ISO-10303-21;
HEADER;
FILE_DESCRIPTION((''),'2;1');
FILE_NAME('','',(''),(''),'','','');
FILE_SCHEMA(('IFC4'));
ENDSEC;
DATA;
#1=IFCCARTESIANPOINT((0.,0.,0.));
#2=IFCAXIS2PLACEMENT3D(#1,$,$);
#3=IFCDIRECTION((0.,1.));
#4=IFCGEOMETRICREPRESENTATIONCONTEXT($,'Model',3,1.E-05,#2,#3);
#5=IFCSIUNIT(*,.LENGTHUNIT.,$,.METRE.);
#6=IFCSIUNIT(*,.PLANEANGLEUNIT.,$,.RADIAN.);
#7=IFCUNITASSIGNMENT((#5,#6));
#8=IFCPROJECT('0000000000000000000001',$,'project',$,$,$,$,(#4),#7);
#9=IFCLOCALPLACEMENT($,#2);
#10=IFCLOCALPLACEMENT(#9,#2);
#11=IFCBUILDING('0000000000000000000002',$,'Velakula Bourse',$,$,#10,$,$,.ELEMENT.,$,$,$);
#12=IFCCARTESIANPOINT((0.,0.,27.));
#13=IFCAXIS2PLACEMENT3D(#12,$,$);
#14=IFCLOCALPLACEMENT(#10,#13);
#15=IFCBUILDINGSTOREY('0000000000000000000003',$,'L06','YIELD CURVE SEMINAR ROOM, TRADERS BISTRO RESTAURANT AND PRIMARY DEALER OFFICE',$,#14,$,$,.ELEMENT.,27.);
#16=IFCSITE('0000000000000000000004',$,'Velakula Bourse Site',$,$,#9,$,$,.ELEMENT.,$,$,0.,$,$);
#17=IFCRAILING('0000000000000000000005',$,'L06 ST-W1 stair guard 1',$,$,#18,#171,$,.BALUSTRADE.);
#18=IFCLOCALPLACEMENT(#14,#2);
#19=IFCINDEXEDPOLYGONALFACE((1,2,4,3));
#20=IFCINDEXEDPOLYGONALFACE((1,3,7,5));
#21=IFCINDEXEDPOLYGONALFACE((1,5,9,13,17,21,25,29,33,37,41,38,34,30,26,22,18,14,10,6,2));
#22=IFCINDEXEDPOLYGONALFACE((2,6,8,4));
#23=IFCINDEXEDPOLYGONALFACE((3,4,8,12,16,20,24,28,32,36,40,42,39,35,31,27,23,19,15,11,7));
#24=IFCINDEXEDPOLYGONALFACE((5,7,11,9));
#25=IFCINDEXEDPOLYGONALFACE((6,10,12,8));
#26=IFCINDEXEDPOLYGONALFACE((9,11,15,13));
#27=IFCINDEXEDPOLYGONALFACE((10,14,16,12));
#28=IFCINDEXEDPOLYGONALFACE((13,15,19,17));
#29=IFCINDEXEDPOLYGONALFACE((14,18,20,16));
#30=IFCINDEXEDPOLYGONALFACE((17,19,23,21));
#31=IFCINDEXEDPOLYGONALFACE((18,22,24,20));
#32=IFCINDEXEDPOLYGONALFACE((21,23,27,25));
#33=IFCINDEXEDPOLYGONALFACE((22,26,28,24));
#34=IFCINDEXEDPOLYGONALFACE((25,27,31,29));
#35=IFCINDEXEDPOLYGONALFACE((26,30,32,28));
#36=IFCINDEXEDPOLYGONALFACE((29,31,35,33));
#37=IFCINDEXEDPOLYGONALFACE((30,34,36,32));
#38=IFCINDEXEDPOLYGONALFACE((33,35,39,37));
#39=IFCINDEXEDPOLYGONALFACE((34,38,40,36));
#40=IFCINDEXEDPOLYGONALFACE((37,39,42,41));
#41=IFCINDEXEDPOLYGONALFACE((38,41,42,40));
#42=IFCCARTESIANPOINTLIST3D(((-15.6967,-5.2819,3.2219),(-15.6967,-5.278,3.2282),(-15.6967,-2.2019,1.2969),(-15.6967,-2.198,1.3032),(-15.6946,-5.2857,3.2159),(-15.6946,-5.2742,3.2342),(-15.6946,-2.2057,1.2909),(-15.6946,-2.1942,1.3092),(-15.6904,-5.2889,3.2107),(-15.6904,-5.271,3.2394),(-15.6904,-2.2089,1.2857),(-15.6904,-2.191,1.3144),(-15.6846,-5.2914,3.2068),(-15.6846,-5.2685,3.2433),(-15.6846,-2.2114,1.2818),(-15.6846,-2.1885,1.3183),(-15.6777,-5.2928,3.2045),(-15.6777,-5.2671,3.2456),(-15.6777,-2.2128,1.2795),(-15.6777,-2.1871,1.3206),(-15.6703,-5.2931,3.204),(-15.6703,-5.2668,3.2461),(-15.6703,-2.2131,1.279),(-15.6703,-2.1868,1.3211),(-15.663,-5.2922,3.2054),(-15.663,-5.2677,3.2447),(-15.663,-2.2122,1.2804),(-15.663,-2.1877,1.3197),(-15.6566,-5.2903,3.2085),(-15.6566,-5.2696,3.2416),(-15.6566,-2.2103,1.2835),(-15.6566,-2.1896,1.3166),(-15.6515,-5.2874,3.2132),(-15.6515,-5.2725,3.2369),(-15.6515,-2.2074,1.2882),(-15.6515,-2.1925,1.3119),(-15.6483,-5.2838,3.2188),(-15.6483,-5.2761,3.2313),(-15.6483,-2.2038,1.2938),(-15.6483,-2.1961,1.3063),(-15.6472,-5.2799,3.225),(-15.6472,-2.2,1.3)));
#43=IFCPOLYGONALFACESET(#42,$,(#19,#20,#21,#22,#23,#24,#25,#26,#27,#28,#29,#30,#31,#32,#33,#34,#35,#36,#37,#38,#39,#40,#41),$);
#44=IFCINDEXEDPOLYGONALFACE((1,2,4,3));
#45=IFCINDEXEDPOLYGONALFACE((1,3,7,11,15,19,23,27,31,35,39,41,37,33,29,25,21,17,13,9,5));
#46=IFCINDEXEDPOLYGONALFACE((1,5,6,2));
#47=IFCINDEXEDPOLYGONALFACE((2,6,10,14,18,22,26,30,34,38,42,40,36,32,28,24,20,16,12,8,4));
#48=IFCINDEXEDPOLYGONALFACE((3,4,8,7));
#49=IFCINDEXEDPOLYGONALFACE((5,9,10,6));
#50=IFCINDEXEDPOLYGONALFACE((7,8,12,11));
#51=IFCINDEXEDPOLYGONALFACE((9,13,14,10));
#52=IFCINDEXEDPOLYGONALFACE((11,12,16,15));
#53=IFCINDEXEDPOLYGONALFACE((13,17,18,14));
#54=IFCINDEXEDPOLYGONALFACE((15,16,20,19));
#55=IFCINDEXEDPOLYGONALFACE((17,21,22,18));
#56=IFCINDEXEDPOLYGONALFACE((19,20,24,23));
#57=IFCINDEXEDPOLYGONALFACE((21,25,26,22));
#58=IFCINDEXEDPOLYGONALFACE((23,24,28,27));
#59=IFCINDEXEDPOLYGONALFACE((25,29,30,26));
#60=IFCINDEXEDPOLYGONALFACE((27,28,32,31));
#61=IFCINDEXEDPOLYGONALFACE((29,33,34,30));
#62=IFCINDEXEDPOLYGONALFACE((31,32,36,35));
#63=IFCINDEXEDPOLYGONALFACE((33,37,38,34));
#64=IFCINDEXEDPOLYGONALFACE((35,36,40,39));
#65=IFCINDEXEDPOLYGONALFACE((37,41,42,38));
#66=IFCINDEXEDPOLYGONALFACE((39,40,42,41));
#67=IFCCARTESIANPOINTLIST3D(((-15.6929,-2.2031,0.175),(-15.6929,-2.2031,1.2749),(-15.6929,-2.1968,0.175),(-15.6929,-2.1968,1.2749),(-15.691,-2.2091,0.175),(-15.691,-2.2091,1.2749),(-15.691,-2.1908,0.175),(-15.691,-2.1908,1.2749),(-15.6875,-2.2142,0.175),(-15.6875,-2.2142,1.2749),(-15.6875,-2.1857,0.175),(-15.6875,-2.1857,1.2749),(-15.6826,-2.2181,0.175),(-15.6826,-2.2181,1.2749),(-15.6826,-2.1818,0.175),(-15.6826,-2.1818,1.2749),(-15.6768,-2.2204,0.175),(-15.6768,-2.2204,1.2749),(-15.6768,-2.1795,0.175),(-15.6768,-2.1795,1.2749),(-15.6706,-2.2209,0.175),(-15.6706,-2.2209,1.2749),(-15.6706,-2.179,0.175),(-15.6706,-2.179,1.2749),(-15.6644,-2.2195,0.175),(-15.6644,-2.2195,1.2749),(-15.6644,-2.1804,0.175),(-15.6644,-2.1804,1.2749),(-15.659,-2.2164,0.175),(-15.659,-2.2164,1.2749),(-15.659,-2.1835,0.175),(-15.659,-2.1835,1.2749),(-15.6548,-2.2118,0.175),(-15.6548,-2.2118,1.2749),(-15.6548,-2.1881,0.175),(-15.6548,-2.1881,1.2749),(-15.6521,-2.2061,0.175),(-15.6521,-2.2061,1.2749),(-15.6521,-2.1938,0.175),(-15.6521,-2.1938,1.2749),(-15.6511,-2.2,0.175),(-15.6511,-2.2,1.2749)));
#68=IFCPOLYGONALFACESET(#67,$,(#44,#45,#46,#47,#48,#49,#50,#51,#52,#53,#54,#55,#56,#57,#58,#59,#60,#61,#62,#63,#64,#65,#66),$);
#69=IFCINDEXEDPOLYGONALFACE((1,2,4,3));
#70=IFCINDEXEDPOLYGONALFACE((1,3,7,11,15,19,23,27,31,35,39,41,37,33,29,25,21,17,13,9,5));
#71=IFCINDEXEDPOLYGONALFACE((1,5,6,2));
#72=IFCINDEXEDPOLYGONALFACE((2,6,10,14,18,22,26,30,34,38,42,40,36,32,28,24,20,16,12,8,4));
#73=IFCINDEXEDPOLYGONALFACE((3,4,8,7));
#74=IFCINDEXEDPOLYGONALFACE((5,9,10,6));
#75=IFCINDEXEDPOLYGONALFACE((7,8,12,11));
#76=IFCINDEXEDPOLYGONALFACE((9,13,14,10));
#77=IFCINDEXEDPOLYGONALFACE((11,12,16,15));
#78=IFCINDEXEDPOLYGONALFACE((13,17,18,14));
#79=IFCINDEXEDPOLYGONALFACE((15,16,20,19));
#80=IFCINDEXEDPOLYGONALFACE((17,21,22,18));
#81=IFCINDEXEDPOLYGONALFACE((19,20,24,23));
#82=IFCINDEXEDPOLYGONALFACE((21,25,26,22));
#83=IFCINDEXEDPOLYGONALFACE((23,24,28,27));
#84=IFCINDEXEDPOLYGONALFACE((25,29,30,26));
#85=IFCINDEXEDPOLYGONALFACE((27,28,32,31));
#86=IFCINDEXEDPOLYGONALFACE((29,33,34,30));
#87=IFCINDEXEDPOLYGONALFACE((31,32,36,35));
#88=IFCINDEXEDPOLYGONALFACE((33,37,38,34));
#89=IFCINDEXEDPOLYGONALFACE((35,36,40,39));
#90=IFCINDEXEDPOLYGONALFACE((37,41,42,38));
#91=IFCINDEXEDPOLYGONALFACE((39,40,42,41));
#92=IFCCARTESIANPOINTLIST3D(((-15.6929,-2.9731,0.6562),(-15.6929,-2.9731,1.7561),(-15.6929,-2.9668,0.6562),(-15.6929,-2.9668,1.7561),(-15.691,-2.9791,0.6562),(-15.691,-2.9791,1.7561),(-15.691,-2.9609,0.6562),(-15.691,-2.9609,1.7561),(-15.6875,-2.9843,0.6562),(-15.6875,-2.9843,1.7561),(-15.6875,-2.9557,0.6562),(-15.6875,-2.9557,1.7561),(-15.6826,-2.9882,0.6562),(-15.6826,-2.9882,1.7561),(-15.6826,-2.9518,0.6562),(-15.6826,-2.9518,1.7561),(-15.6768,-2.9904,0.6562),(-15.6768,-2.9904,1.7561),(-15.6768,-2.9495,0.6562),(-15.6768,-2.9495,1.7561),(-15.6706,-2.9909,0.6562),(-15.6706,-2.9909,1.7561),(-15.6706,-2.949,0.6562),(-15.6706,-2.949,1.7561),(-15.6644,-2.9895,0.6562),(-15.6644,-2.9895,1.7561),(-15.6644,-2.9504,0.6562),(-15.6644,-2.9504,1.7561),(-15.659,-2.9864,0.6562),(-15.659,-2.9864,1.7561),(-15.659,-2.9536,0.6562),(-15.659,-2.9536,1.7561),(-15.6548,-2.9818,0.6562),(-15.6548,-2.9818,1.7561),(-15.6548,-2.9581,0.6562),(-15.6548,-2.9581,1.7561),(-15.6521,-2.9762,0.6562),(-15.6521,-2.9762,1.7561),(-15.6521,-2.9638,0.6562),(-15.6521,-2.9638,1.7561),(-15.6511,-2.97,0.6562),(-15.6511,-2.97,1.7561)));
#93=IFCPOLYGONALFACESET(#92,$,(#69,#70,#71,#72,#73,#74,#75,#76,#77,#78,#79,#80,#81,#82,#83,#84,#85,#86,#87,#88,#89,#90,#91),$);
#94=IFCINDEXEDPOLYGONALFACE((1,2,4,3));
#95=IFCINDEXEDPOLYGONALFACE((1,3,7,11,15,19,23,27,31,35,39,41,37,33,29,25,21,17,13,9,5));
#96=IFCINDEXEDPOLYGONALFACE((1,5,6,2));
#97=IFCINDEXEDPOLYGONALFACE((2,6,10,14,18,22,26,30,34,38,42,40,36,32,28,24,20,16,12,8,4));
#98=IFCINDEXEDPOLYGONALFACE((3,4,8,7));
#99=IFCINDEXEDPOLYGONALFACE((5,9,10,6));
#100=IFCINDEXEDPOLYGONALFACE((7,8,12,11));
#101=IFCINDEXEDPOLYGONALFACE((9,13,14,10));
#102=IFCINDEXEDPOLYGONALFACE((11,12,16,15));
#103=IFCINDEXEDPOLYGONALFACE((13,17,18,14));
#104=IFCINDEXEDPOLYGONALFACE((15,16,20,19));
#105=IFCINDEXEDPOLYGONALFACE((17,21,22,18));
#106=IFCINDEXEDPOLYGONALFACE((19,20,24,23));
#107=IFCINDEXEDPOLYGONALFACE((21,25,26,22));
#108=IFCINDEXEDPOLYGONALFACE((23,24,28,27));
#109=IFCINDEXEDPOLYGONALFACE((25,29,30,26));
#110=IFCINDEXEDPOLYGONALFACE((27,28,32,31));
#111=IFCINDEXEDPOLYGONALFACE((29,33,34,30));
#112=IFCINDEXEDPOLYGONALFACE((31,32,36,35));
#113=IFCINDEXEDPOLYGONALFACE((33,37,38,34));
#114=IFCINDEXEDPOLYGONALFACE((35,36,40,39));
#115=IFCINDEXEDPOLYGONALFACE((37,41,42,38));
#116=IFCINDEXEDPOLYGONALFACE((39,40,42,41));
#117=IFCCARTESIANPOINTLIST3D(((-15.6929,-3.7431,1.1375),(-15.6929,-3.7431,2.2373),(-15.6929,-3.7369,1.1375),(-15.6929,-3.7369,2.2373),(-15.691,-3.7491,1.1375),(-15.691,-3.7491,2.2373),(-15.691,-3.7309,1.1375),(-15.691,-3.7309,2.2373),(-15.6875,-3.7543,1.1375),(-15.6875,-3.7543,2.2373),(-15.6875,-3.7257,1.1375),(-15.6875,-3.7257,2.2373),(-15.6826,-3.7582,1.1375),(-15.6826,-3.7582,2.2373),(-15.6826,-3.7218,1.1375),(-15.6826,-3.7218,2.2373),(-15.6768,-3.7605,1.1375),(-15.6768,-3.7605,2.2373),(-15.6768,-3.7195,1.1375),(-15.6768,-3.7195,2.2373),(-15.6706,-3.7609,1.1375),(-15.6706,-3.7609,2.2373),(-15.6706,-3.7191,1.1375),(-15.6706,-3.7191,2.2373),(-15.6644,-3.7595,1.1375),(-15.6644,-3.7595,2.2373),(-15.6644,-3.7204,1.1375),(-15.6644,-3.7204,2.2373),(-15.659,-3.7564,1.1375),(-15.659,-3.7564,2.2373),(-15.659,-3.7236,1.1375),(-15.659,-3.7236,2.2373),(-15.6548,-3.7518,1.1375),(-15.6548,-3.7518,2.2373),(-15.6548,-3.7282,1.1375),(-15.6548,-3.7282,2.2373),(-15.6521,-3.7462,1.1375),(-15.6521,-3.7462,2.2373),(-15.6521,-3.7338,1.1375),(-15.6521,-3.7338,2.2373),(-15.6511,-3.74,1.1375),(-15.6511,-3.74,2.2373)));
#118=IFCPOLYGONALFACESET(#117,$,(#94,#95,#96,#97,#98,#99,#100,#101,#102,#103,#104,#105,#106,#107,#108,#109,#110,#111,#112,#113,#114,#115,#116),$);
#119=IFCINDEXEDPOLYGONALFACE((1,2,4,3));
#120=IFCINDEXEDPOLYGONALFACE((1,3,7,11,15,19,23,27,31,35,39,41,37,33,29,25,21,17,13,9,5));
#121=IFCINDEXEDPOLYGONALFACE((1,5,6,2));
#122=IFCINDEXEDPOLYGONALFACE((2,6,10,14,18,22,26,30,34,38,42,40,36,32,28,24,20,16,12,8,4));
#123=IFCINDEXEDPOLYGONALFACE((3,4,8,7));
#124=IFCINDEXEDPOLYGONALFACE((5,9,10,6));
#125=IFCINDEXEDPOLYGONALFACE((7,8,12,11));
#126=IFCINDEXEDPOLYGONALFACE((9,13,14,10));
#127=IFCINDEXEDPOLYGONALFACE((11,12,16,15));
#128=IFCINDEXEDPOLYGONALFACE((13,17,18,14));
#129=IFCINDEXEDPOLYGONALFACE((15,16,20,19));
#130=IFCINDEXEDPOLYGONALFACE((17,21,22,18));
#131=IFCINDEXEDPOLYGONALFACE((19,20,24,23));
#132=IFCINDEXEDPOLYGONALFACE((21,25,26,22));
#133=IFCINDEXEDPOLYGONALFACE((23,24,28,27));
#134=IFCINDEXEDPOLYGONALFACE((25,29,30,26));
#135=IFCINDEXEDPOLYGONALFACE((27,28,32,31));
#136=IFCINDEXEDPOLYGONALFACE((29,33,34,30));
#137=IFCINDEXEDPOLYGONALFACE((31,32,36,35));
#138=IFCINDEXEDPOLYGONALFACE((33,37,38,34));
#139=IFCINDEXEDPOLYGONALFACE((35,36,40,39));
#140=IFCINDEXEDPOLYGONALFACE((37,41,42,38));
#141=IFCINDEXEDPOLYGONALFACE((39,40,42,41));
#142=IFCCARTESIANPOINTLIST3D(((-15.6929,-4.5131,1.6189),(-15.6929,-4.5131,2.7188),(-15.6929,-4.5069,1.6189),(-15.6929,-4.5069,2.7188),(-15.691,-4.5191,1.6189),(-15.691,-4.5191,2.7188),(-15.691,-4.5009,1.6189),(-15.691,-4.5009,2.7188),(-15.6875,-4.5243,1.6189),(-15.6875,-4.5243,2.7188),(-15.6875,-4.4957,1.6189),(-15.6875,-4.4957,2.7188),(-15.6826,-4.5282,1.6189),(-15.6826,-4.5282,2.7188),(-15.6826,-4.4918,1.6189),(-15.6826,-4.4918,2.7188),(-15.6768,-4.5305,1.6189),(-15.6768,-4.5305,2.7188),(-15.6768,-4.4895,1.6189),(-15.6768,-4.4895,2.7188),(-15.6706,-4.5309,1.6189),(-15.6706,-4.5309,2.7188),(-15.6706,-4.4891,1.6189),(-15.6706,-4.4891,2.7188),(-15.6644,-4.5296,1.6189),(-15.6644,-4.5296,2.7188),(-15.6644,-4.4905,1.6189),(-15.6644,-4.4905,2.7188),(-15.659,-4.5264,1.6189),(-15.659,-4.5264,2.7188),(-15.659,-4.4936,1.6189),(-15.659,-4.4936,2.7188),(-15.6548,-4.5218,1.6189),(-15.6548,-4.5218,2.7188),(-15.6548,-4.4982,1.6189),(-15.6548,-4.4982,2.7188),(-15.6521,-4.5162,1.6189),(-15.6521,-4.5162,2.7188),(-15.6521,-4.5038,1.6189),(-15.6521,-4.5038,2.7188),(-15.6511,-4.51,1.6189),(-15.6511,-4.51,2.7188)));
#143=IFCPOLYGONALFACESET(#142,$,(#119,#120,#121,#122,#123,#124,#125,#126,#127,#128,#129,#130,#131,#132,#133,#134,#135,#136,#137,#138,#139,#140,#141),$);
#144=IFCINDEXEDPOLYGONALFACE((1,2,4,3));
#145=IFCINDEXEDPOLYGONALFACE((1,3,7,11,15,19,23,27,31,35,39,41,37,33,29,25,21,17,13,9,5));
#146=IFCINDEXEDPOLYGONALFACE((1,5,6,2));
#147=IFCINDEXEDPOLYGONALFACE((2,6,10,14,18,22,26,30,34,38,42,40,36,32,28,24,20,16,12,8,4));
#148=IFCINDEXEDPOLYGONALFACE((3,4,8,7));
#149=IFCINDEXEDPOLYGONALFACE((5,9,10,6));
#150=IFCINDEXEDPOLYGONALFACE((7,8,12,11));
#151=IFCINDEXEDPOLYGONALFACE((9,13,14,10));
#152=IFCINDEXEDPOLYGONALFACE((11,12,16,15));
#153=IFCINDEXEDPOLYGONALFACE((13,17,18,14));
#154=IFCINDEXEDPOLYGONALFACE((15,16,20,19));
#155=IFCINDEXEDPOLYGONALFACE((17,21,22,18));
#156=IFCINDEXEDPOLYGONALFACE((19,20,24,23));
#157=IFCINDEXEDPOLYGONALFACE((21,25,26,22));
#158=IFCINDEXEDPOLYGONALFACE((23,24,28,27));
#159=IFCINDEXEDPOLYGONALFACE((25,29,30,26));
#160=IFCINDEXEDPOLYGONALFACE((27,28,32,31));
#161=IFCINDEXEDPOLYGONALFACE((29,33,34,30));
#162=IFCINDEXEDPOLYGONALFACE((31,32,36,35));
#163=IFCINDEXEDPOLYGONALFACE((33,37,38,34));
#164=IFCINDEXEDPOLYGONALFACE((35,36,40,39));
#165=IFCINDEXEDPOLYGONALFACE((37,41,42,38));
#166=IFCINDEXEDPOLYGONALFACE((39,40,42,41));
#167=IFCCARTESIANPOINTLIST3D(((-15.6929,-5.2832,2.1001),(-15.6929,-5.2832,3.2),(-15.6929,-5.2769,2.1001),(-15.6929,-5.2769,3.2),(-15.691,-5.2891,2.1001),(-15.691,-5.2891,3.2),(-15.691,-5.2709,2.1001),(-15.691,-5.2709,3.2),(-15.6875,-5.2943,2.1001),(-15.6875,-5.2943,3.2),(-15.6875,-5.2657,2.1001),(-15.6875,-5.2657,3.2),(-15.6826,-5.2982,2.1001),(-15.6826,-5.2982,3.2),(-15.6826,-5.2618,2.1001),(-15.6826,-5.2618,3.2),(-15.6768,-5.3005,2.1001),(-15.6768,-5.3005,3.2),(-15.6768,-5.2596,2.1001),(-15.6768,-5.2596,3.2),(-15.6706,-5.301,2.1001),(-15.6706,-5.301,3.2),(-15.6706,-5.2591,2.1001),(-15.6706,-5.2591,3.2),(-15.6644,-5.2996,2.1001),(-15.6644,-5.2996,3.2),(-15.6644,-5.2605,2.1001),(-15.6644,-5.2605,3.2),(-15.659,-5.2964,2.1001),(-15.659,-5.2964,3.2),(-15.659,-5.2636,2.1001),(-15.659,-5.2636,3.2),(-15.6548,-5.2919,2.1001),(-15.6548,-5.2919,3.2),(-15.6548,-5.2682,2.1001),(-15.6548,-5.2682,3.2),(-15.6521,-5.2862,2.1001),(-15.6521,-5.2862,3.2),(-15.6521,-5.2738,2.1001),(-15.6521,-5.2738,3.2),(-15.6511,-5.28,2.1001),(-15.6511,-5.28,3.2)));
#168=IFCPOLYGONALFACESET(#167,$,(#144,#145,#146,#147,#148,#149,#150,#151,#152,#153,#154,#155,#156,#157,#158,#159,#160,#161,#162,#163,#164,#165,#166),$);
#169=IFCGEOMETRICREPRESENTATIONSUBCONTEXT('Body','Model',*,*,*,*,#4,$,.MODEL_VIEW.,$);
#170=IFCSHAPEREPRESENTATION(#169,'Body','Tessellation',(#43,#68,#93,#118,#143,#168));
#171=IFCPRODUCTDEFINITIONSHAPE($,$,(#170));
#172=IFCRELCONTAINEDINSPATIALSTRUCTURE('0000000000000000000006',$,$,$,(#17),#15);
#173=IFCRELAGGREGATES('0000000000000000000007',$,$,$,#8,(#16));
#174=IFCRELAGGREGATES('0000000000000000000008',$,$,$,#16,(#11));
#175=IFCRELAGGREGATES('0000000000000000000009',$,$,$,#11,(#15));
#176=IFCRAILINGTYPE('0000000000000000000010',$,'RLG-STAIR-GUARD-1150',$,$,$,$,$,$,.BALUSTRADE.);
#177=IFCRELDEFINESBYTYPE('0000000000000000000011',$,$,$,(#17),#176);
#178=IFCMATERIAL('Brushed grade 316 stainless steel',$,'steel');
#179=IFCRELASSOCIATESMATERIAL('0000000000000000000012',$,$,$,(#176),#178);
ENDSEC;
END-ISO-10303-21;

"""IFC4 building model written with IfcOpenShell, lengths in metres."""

from ifc_helpers import new_model, si_unit, direction, frame, origin, origin_2d, place, context, subcontext, project, spatial, circle, extrude, material, type_object, element, save


model = new_model("IFC4")

# Units and contexts
model_context = context("Model", 3, precision=1e-05, world=origin(), true_north=direction((0.0, 1.0)))
body_context = subcontext(model_context, "Body", "Model", "MODEL_VIEW")
ifc_project = project(units=[si_unit("LENGTHUNIT", "METRE"), si_unit("PLANEANGLEUNIT", "RADIAN")], contexts=[model_context])

# Site, building, storey
site_placement = place(None, origin())
site = spatial("IfcSite", under=ifc_project, at=site_placement, Name="Velakula Bourse Site", CompositionType="ELEMENT", RefElevation=0.0)
building_placement = place(site_placement, origin())
building = spatial("IfcBuilding", under=site, at=building_placement, Name="Velakula Bourse", CompositionType="ELEMENT")
storey_placement = place(building_placement, frame((0.0, 0.0, 27.0)))
storey = spatial("IfcBuildingStorey", under=building, at=storey_placement, Name="L06", Description="YIELD CURVE SEMINAR ROOM, TRADERS BISTRO RESTAURANT AND PRIMARY DEALER OFFICE", CompositionType="ELEMENT", Elevation=27.0)

# Shared definitions
ifc_material_1 = material(Name="Brushed grade 316 stainless steel", Category="steel")

# Railing
railing_type_1 = type_object("IfcRailingType", Name="RLG-STAIR-GUARD-1150", PredefinedType="BALUSTRADE", material=ifc_material_1)
railing_1_placement = place(storey_placement, frame((-15.6721, -2.2, 0.175)))
element("IfcRailing", 1, at=railing_1_placement, inside=storey, type_object=railing_type_1, Name="L06 ST-W1 stair guard 1", PredefinedType="BALUSTRADE", context=body_context, shape_type="SweptSolid", body=[
    extrude(circle(Radius=0.0249, at=origin_2d()), frame((0.0, 0.0, 1.125), z_axis=(0.0, -0.847998, 0.529999), x_axis=(1.0, 0.0, 0.0)), (0.0, 0.0, 1.0), 3.6321),
    extrude(circle(Radius=0.021, at=origin_2d()), origin(), (0.0, 0.0, 1.0), 1.0999),
    extrude(circle(Radius=0.021, at=origin_2d()), frame((0.0, -0.77, 0.4812)), (0.0, 0.0, 1.0), 1.0999),
    extrude(circle(Radius=0.021, at=origin_2d()), frame((0.0, -1.54, 0.9624)), (0.0, 0.0, 1.0), 1.0999),
    extrude(circle(Radius=0.021, at=origin_2d()), frame((0.0, -2.3101, 1.4438)), (0.0, 0.0, 1.0), 1.0999),
    extrude(circle(Radius=0.021, at=origin_2d()), frame((0.0, -3.0801, 1.925)), (0.0, 0.0, 1.0), 1.0999),
])

save(model, "model.ifc")
